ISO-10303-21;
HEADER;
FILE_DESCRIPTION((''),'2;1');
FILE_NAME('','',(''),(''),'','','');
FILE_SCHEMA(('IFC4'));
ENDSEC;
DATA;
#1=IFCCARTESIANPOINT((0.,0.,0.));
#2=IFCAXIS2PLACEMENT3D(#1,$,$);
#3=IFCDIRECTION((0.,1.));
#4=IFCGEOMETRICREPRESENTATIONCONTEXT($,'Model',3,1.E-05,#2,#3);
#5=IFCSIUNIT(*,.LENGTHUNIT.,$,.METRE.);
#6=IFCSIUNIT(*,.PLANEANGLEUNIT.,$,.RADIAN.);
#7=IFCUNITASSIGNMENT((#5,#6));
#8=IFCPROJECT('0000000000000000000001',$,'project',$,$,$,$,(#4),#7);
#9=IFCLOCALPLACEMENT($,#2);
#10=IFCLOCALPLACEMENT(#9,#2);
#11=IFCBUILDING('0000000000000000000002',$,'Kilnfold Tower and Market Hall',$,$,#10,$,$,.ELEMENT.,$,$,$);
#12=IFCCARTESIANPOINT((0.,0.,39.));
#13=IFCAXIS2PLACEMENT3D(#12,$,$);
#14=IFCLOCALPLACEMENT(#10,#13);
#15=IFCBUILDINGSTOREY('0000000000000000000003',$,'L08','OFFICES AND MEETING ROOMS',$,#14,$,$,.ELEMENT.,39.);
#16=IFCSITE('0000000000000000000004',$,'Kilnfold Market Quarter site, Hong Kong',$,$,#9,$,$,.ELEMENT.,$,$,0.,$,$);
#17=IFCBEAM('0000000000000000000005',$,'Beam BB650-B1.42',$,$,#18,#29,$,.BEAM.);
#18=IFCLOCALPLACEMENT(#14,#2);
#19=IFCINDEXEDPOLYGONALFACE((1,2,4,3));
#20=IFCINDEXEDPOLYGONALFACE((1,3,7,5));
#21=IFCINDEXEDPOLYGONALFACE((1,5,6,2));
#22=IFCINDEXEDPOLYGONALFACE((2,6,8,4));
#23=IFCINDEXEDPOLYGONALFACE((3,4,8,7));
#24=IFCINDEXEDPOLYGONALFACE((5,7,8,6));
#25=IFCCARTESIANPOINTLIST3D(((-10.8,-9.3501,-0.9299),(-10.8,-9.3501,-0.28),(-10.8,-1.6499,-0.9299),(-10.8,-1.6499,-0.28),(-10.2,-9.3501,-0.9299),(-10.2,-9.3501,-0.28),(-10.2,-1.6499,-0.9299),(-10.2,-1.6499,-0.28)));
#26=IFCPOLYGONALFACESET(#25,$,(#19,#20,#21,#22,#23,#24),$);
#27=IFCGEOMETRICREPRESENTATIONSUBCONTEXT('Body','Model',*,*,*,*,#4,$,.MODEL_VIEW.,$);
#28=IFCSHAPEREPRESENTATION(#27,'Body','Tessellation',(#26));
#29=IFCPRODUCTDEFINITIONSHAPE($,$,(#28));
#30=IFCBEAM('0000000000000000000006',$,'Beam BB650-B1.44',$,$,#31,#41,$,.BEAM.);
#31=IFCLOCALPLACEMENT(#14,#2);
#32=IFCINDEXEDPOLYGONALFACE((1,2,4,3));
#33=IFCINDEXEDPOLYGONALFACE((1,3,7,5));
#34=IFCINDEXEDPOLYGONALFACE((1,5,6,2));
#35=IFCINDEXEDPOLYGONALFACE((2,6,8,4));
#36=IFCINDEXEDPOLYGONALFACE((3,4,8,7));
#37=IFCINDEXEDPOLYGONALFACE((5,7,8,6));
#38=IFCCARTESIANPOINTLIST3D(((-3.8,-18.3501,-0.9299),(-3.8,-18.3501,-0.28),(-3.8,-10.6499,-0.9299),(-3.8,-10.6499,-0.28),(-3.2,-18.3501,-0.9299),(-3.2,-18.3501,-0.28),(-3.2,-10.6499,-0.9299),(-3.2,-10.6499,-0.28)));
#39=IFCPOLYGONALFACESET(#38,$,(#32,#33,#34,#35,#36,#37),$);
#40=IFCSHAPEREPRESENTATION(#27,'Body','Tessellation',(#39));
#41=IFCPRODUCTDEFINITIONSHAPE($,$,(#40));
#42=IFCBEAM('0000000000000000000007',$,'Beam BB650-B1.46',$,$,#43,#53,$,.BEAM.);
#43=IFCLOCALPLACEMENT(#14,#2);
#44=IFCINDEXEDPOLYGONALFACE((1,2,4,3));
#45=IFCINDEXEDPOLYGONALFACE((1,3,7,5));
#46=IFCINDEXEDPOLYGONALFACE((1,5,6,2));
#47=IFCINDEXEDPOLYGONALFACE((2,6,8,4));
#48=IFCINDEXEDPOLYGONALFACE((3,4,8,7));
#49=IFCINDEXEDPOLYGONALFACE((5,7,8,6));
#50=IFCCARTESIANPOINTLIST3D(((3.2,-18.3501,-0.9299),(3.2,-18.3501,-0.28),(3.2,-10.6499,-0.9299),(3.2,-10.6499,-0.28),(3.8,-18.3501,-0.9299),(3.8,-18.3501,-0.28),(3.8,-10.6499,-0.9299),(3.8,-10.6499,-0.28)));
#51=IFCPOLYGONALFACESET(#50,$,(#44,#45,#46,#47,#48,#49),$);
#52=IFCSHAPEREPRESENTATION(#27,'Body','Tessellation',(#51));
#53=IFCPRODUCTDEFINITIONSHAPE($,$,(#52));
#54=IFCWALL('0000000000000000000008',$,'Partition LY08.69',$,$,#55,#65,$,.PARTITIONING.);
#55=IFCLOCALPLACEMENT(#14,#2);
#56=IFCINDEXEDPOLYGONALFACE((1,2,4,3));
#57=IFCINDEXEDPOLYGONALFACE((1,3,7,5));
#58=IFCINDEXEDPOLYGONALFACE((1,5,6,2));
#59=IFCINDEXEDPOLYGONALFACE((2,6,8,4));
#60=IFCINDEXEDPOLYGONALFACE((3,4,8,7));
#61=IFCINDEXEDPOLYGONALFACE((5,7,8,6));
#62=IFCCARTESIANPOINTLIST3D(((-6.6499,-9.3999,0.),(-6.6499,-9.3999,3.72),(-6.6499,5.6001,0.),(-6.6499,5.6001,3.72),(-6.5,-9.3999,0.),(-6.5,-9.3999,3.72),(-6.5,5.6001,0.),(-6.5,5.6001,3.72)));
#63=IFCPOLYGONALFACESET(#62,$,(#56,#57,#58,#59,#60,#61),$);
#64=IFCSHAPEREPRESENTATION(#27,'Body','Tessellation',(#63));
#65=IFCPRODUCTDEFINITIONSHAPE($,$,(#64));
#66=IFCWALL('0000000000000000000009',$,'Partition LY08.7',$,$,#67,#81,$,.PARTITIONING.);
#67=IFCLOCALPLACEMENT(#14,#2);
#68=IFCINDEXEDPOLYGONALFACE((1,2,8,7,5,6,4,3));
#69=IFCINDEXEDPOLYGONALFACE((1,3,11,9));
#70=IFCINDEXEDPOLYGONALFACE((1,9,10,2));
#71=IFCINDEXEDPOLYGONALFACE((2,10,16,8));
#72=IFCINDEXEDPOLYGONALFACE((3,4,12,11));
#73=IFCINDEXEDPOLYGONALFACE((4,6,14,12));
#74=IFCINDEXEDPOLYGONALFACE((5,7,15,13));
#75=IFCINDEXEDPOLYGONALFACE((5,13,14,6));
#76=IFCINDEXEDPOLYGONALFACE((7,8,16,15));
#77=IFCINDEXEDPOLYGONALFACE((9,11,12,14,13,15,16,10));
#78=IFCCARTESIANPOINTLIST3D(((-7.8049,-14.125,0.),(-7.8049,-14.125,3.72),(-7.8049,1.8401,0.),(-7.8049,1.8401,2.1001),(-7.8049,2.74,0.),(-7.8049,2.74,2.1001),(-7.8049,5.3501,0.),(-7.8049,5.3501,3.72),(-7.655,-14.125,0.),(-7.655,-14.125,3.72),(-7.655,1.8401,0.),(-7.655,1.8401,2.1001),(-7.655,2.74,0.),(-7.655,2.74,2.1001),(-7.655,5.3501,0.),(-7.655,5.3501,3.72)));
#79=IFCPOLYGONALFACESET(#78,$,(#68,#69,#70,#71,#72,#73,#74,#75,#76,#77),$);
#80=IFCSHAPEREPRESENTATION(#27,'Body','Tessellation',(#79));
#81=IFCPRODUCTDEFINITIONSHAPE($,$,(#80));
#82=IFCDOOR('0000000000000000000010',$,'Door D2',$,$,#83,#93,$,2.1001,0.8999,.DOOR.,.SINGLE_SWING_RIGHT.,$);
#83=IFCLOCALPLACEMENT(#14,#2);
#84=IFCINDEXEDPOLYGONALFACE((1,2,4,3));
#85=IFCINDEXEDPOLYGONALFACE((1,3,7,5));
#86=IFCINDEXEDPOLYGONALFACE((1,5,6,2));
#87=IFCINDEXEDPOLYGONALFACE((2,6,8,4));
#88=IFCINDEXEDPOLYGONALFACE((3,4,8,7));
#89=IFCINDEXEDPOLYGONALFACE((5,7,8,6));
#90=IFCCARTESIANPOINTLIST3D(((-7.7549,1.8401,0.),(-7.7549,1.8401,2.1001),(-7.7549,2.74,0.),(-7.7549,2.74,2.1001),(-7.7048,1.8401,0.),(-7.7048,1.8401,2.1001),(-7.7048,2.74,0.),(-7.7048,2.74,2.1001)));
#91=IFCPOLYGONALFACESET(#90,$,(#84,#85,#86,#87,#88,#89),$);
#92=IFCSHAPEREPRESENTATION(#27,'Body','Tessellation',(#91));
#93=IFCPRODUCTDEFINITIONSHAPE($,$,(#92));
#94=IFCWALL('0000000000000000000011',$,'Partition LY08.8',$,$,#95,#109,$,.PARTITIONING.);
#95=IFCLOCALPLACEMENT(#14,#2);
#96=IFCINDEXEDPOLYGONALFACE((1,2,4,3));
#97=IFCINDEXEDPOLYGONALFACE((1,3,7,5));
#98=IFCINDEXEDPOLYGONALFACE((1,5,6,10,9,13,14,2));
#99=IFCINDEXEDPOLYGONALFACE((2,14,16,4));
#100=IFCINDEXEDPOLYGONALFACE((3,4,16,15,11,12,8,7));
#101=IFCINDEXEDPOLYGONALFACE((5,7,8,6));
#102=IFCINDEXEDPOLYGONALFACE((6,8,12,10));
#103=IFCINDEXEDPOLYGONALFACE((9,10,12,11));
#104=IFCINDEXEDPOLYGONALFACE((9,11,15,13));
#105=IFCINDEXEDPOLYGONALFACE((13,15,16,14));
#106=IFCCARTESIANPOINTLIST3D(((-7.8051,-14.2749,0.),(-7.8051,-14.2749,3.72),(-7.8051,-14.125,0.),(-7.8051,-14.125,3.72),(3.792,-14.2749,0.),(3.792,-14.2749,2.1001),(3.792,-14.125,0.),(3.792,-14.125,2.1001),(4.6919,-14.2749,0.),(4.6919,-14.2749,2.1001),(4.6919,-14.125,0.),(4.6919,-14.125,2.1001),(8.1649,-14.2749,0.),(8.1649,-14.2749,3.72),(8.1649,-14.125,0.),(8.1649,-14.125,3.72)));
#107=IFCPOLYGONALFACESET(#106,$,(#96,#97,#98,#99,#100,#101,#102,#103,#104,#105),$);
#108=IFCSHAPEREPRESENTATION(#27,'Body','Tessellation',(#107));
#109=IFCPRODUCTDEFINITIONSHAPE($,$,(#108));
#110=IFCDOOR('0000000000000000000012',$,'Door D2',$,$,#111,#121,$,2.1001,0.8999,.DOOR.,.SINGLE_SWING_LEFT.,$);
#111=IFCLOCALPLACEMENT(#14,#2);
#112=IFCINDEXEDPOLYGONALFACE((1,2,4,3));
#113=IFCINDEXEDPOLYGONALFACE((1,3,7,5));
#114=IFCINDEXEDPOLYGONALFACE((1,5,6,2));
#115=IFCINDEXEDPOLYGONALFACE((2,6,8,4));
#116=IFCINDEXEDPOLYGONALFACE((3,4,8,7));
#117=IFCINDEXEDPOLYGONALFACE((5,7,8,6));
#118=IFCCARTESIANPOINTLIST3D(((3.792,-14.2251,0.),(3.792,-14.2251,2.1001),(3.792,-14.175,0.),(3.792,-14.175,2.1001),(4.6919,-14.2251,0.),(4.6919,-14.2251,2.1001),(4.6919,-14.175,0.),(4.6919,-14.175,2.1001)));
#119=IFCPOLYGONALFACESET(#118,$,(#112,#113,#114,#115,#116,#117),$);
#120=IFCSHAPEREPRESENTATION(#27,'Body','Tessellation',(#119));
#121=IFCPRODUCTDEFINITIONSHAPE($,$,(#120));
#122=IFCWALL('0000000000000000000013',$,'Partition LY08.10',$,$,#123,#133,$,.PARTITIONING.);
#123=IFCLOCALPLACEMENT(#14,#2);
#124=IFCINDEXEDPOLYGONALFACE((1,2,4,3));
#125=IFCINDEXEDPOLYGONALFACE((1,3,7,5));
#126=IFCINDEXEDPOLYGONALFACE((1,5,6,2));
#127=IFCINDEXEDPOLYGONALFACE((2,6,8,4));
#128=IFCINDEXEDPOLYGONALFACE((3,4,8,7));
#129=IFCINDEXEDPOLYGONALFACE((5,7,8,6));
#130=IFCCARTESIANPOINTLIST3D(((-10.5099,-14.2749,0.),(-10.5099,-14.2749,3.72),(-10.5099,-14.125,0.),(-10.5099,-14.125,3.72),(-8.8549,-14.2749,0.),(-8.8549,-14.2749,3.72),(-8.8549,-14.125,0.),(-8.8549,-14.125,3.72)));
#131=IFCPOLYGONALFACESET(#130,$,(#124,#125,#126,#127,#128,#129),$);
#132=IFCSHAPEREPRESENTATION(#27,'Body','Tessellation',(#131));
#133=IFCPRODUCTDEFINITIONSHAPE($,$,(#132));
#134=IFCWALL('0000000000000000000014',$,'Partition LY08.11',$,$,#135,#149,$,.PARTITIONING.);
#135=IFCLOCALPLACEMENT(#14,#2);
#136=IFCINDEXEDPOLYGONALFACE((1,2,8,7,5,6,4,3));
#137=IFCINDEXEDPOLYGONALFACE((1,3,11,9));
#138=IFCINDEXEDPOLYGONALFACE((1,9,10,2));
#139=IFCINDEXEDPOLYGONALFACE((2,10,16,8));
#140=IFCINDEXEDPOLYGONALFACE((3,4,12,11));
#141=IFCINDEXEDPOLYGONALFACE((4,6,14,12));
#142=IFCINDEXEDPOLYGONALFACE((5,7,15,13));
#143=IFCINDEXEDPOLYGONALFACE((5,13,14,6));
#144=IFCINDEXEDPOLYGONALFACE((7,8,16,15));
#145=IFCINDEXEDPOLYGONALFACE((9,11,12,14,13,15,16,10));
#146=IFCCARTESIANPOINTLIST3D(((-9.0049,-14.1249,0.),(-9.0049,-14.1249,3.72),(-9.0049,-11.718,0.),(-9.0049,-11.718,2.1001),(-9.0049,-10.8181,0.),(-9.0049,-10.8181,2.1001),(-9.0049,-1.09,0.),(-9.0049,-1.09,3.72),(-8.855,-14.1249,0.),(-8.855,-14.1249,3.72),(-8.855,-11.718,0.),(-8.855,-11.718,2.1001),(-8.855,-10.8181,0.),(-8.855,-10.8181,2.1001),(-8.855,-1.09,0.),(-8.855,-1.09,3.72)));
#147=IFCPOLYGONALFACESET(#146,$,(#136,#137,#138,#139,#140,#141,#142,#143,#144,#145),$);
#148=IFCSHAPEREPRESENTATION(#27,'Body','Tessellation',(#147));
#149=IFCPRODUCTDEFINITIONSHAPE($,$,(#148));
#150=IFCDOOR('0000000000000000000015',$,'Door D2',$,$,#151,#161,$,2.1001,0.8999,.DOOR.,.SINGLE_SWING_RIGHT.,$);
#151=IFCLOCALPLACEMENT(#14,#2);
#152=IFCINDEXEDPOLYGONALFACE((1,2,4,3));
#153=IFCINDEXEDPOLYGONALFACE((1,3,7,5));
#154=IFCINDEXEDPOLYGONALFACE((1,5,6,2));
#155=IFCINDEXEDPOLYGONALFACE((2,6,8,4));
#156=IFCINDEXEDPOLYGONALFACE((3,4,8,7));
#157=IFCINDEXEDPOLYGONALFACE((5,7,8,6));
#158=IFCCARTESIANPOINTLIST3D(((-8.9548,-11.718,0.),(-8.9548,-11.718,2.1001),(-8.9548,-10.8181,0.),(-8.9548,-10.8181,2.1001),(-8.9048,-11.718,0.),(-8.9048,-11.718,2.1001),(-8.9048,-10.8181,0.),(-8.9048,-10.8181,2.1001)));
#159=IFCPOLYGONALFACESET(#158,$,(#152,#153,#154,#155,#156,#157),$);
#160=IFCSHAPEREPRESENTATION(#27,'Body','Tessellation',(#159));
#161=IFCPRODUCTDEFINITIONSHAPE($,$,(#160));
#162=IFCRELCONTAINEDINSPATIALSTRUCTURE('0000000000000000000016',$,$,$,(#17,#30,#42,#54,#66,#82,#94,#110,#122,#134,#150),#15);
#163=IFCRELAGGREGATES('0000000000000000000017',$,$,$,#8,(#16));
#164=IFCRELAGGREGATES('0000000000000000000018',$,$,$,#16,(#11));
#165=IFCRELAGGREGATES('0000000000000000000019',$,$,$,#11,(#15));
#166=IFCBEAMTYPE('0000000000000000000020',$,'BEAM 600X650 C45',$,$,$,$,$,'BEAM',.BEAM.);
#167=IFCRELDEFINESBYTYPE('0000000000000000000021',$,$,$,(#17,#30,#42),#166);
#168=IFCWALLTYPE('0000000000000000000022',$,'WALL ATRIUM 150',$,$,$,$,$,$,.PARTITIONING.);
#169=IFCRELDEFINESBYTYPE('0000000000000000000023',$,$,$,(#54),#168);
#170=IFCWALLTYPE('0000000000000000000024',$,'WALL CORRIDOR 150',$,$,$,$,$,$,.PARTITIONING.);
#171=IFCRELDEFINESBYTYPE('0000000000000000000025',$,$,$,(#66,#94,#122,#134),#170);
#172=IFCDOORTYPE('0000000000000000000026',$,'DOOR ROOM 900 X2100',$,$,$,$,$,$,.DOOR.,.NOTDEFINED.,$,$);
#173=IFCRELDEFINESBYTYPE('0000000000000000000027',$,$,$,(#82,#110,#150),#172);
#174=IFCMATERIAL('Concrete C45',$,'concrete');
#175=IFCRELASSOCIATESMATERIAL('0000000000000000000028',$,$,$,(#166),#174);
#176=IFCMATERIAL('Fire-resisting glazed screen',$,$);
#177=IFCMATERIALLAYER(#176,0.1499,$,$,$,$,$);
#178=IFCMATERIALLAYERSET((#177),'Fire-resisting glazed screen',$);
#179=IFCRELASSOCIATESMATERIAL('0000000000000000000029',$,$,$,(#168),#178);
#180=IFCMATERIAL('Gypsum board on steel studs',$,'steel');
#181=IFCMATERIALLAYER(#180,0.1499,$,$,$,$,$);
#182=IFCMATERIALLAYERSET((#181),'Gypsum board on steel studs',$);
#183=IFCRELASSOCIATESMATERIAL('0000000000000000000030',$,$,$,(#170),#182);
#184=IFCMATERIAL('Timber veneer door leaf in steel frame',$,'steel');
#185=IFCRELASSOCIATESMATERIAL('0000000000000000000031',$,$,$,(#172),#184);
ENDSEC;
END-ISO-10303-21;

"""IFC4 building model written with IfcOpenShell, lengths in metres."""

from ifc_helpers import new_model, si_unit, direction, frame, frame_2d, origin, origin_2d, place, context, subcontext, project, spatial, rectangle, extrude, source, transform, mapped, material, layer, layer_set, material_profile, profile_set, type_object, element, fill, save


model = new_model("IFC4")

# Units and contexts
model_context = context("Model", 3, precision=1e-05, world=origin(), true_north=direction((0.0, 1.0)))
body_context = subcontext(model_context, "Body", "Model", "MODEL_VIEW")
ifc_project = project(units=[si_unit("LENGTHUNIT", "METRE"), si_unit("PLANEANGLEUNIT", "RADIAN")], contexts=[model_context])

# Site, building, storey
site_placement = place(None, origin())
site = spatial("IfcSite", under=ifc_project, at=site_placement, Name="Kilnfold Market Quarter site, Hong Kong", CompositionType="ELEMENT", RefElevation=0.0)
building_placement = place(site_placement, origin())
building = spatial("IfcBuilding", under=site, at=building_placement, Name="Kilnfold Tower and Market Hall", CompositionType="ELEMENT")
storey_placement = place(building_placement, frame((0.0, 0.0, 39.0)))
storey = spatial("IfcBuildingStorey", under=building, at=storey_placement, Name="L08", Description="OFFICES AND MEETING ROOMS", CompositionType="ELEMENT", Elevation=39.0)

# Beams
ifc_material_1 = material(Name="Concrete C45", Category="concrete")
ifc_material_profile_1 = material_profile(ifc_material_1, rectangle(XDim=0.6001, YDim=0.6499, at=origin_2d()), Name="RC 600x650")
ifc_profile_set_1 = profile_set([ifc_material_profile_1], Name="Concrete C45")
beam_type_1 = type_object("IfcBeamType", Name="BEAM 600X650 C45", ElementType="BEAM", PredefinedType="BEAM", material=ifc_profile_set_1)
shared_shape_1 = source(origin(), body_context, "Body", "SweptSolid", [
    extrude(rectangle(XDim=0.6001, YDim=0.6499, at=origin_2d()), origin(), (0.0, 0.0, 1.0), 7.7002),
])
for number, where, z_axis, x_axis, name in (
    (1, (-10.5, -9.3501, -0.605), (0.0, 1.0, 0.0), (-1.0, 0.0, 0.0), "Beam BB650-B1.42"),
    (2, (-3.5, -18.3501, -0.605), (0.0, 1.0, 0.0), (-1.0, 0.0, 0.0), "Beam BB650-B1.44"),
    (3, (3.5, -18.3501, -0.605), (0.0, 1.0, 0.0), (-1.0, 0.0, 0.0), "Beam BB650-B1.46"),
):
    element("IfcBeam", number, at=place(storey_placement, frame(where, z_axis=z_axis, x_axis=x_axis)), inside=storey, type_object=beam_type_1, Name=name, PredefinedType="BEAM", context=body_context, shape_type="MappedRepresentation", body=[
        mapped(shared_shape_1, transform((0.0, 0.0, 0.0))),
    ])

# Wall
ifc_material_2 = material(Name="Fire-resisting glazed screen")
ifc_layer_1 = layer(ifc_material_2, 0.1499)
ifc_layer_set_1 = layer_set([ifc_layer_1], Name="Fire-resisting glazed screen")
wall_type_1 = type_object("IfcWallType", Name="WALL ATRIUM 150", PredefinedType="PARTITIONING", material=ifc_layer_set_1)
wall_1_placement = place(storey_placement, frame((-6.575, -9.3999, 0.0), z_axis=(0.0, 0.0, 1.0), x_axis=(0.0, 1.0, 0.0)))
element("IfcWall", 4, at=wall_1_placement, inside=storey, type_object=wall_type_1, Name="Partition LY08.69", PredefinedType="PARTITIONING", context=body_context, shape_type="SweptSolid", body=[
    extrude(rectangle(XDim=15.0, YDim=0.1499, at=frame_2d((7.5, 0.0))), origin(), (0.0, 0.0, 1.0), 3.72),
])

# Walls, openings, doors
ifc_material_3 = material(Name="Gypsum board on steel studs", Category="steel")
ifc_layer_2 = layer(ifc_material_3, 0.1499)
ifc_layer_set_2 = layer_set([ifc_layer_2], Name="Gypsum board on steel studs")
wall_type_2 = type_object("IfcWallType", Name="WALL CORRIDOR 150", PredefinedType="PARTITIONING", material=ifc_layer_set_2)
wall_2_placement = place(storey_placement, frame((-7.73, -14.125, 0.0), z_axis=(0.0, 0.0, 1.0), x_axis=(0.0, 1.0, 0.0)))
wall_2 = element("IfcWall", 5, at=wall_2_placement, inside=storey, type_object=wall_type_2, Name="Partition LY08.7", PredefinedType="PARTITIONING", context=body_context, shape_type="SweptSolid", body=[
    extrude(rectangle(XDim=19.4751, YDim=0.1499, at=frame_2d((9.7375, 0.0))), origin(), (0.0, 0.0, 1.0), 3.72),
])
opening_1_placement = place(wall_2_placement, frame((15.9651, 0.0, 0.0)))
opening_1 = element("IfcOpeningElement", 6, at=opening_1_placement, cuts=wall_2, PredefinedType="OPENING", context=body_context, shape_type="SweptSolid", body=[
    extrude(rectangle(XDim=0.8999, YDim=2.1001, at=frame_2d((0.45, 1.05))), frame((0.0, 0.085, 0.0), z_axis=(0.0, -1.0, 0.0), x_axis=(1.0, 0.0, 0.0)), (0.0, 0.0, 1.0), 0.1699),
])
ifc_material_4 = material(Name="Timber veneer door leaf in steel frame", Category="steel")
door_type_1 = type_object("IfcDoorType", Name="DOOR ROOM 900 X2100", OperationType="NOTDEFINED", PredefinedType="DOOR", material=ifc_material_4)
door_1_placement = place(opening_1_placement, origin())
door_1 = element("IfcDoor", 7, at=door_1_placement, inside=storey, type_object=door_type_1, Name="Door D2", OperationType="SINGLE_SWING_RIGHT", OverallHeight=2.1001, OverallWidth=0.8999, PredefinedType="DOOR", context=body_context, shape_type="SweptSolid", body=[
    extrude(rectangle(XDim=0.8999, YDim=2.1001, at=frame_2d((0.45, 1.05))), frame((0.0, 0.0249, 0.0), z_axis=(0.0, -1.0, 0.0), x_axis=(1.0, 0.0, 0.0)), (0.0, 0.0, 1.0), 0.05),
])
fill(opening_1, door_1)
wall_3_placement = place(storey_placement, frame((-7.8049, -14.2, 0.0), z_axis=(0.0, 0.0, 1.0), x_axis=(1.0, 0.0, 0.0)))
wall_3 = element("IfcWall", 8, at=wall_3_placement, inside=storey, type_object=wall_type_2, Name="Partition LY08.8", PredefinedType="PARTITIONING", context=body_context, shape_type="SweptSolid", body=[
    extrude(rectangle(XDim=15.97, YDim=0.1499, at=frame_2d((7.9849, 0.0))), origin(), (0.0, 0.0, 1.0), 3.72),
])
opening_2_placement = place(wall_3_placement, frame((11.5969, 0.0, 0.0)))
opening_2 = element("IfcOpeningElement", 9, at=opening_2_placement, cuts=wall_3, PredefinedType="OPENING", context=body_context, shape_type="SweptSolid", body=[
    extrude(rectangle(XDim=0.8999, YDim=2.1001, at=frame_2d((0.45, 1.05))), frame((0.0, 0.085, 0.0), z_axis=(0.0, -1.0, 0.0), x_axis=(1.0, 0.0, 0.0)), (0.0, 0.0, 1.0), 0.1699),
])
door_2_placement = place(opening_2_placement, origin())
door_2 = element("IfcDoor", 10, at=door_2_placement, inside=storey, type_object=door_type_1, Name="Door D2", OperationType="SINGLE_SWING_LEFT", OverallHeight=2.1001, OverallWidth=0.8999, PredefinedType="DOOR", context=body_context, shape_type="SweptSolid", body=[
    extrude(rectangle(XDim=0.8999, YDim=2.1001, at=frame_2d((0.45, 1.05))), frame((0.0, 0.0249, 0.0), z_axis=(0.0, -1.0, 0.0), x_axis=(1.0, 0.0, 0.0)), (0.0, 0.0, 1.0), 0.05),
])
fill(opening_2, door_2)

# Wall
wall_4_placement = place(storey_placement, frame((-10.51, -14.2, 0.0), z_axis=(0.0, 0.0, 1.0), x_axis=(1.0, 0.0, 0.0)))
element("IfcWall", 11, at=wall_4_placement, inside=storey, type_object=wall_type_2, Name="Partition LY08.10", PredefinedType="PARTITIONING", context=body_context, shape_type="SweptSolid", body=[
    extrude(rectangle(XDim=1.655, YDim=0.1499, at=frame_2d((0.8276, 0.0))), origin(), (0.0, 0.0, 1.0), 3.72),
])

# Wall, opening, door
wall_5_placement = place(storey_placement, frame((-8.9299, -14.125, 0.0), z_axis=(0.0, 0.0, 1.0), x_axis=(0.0, 1.0, 0.0)))
wall_5 = element("IfcWall", 12, at=wall_5_placement, inside=storey, type_object=wall_type_2, Name="Partition LY08.11", PredefinedType="PARTITIONING", context=body_context, shape_type="SweptSolid", body=[
    extrude(rectangle(XDim=13.0349, YDim=0.1499, at=frame_2d((6.5176, 0.0))), origin(), (0.0, 0.0, 1.0), 3.72),
])
opening_3_placement = place(wall_5_placement, frame((2.407, 0.0, 0.0)))
opening_3 = element("IfcOpeningElement", 13, at=opening_3_placement, cuts=wall_5, PredefinedType="OPENING", context=body_context, shape_type="SweptSolid", body=[
    extrude(rectangle(XDim=0.8999, YDim=2.1001, at=frame_2d((0.45, 1.05))), frame((0.0, 0.085, 0.0), z_axis=(0.0, -1.0, 0.0), x_axis=(1.0, 0.0, 0.0)), (0.0, 0.0, 1.0), 0.1699),
])
door_3_placement = place(opening_3_placement, origin())
door_3 = element("IfcDoor", 14, at=door_3_placement, inside=storey, type_object=door_type_1, Name="Door D2", OperationType="SINGLE_SWING_RIGHT", OverallHeight=2.1001, OverallWidth=0.8999, PredefinedType="DOOR", context=body_context, shape_type="SweptSolid", body=[
    extrude(rectangle(XDim=0.8999, YDim=2.1001, at=frame_2d((0.45, 1.05))), frame((0.0, 0.0249, 0.0), z_axis=(0.0, -1.0, 0.0), x_axis=(1.0, 0.0, 0.0)), (0.0, 0.0, 1.0), 0.05),
])
fill(opening_3, door_3)

save(model, "model.ifc")
